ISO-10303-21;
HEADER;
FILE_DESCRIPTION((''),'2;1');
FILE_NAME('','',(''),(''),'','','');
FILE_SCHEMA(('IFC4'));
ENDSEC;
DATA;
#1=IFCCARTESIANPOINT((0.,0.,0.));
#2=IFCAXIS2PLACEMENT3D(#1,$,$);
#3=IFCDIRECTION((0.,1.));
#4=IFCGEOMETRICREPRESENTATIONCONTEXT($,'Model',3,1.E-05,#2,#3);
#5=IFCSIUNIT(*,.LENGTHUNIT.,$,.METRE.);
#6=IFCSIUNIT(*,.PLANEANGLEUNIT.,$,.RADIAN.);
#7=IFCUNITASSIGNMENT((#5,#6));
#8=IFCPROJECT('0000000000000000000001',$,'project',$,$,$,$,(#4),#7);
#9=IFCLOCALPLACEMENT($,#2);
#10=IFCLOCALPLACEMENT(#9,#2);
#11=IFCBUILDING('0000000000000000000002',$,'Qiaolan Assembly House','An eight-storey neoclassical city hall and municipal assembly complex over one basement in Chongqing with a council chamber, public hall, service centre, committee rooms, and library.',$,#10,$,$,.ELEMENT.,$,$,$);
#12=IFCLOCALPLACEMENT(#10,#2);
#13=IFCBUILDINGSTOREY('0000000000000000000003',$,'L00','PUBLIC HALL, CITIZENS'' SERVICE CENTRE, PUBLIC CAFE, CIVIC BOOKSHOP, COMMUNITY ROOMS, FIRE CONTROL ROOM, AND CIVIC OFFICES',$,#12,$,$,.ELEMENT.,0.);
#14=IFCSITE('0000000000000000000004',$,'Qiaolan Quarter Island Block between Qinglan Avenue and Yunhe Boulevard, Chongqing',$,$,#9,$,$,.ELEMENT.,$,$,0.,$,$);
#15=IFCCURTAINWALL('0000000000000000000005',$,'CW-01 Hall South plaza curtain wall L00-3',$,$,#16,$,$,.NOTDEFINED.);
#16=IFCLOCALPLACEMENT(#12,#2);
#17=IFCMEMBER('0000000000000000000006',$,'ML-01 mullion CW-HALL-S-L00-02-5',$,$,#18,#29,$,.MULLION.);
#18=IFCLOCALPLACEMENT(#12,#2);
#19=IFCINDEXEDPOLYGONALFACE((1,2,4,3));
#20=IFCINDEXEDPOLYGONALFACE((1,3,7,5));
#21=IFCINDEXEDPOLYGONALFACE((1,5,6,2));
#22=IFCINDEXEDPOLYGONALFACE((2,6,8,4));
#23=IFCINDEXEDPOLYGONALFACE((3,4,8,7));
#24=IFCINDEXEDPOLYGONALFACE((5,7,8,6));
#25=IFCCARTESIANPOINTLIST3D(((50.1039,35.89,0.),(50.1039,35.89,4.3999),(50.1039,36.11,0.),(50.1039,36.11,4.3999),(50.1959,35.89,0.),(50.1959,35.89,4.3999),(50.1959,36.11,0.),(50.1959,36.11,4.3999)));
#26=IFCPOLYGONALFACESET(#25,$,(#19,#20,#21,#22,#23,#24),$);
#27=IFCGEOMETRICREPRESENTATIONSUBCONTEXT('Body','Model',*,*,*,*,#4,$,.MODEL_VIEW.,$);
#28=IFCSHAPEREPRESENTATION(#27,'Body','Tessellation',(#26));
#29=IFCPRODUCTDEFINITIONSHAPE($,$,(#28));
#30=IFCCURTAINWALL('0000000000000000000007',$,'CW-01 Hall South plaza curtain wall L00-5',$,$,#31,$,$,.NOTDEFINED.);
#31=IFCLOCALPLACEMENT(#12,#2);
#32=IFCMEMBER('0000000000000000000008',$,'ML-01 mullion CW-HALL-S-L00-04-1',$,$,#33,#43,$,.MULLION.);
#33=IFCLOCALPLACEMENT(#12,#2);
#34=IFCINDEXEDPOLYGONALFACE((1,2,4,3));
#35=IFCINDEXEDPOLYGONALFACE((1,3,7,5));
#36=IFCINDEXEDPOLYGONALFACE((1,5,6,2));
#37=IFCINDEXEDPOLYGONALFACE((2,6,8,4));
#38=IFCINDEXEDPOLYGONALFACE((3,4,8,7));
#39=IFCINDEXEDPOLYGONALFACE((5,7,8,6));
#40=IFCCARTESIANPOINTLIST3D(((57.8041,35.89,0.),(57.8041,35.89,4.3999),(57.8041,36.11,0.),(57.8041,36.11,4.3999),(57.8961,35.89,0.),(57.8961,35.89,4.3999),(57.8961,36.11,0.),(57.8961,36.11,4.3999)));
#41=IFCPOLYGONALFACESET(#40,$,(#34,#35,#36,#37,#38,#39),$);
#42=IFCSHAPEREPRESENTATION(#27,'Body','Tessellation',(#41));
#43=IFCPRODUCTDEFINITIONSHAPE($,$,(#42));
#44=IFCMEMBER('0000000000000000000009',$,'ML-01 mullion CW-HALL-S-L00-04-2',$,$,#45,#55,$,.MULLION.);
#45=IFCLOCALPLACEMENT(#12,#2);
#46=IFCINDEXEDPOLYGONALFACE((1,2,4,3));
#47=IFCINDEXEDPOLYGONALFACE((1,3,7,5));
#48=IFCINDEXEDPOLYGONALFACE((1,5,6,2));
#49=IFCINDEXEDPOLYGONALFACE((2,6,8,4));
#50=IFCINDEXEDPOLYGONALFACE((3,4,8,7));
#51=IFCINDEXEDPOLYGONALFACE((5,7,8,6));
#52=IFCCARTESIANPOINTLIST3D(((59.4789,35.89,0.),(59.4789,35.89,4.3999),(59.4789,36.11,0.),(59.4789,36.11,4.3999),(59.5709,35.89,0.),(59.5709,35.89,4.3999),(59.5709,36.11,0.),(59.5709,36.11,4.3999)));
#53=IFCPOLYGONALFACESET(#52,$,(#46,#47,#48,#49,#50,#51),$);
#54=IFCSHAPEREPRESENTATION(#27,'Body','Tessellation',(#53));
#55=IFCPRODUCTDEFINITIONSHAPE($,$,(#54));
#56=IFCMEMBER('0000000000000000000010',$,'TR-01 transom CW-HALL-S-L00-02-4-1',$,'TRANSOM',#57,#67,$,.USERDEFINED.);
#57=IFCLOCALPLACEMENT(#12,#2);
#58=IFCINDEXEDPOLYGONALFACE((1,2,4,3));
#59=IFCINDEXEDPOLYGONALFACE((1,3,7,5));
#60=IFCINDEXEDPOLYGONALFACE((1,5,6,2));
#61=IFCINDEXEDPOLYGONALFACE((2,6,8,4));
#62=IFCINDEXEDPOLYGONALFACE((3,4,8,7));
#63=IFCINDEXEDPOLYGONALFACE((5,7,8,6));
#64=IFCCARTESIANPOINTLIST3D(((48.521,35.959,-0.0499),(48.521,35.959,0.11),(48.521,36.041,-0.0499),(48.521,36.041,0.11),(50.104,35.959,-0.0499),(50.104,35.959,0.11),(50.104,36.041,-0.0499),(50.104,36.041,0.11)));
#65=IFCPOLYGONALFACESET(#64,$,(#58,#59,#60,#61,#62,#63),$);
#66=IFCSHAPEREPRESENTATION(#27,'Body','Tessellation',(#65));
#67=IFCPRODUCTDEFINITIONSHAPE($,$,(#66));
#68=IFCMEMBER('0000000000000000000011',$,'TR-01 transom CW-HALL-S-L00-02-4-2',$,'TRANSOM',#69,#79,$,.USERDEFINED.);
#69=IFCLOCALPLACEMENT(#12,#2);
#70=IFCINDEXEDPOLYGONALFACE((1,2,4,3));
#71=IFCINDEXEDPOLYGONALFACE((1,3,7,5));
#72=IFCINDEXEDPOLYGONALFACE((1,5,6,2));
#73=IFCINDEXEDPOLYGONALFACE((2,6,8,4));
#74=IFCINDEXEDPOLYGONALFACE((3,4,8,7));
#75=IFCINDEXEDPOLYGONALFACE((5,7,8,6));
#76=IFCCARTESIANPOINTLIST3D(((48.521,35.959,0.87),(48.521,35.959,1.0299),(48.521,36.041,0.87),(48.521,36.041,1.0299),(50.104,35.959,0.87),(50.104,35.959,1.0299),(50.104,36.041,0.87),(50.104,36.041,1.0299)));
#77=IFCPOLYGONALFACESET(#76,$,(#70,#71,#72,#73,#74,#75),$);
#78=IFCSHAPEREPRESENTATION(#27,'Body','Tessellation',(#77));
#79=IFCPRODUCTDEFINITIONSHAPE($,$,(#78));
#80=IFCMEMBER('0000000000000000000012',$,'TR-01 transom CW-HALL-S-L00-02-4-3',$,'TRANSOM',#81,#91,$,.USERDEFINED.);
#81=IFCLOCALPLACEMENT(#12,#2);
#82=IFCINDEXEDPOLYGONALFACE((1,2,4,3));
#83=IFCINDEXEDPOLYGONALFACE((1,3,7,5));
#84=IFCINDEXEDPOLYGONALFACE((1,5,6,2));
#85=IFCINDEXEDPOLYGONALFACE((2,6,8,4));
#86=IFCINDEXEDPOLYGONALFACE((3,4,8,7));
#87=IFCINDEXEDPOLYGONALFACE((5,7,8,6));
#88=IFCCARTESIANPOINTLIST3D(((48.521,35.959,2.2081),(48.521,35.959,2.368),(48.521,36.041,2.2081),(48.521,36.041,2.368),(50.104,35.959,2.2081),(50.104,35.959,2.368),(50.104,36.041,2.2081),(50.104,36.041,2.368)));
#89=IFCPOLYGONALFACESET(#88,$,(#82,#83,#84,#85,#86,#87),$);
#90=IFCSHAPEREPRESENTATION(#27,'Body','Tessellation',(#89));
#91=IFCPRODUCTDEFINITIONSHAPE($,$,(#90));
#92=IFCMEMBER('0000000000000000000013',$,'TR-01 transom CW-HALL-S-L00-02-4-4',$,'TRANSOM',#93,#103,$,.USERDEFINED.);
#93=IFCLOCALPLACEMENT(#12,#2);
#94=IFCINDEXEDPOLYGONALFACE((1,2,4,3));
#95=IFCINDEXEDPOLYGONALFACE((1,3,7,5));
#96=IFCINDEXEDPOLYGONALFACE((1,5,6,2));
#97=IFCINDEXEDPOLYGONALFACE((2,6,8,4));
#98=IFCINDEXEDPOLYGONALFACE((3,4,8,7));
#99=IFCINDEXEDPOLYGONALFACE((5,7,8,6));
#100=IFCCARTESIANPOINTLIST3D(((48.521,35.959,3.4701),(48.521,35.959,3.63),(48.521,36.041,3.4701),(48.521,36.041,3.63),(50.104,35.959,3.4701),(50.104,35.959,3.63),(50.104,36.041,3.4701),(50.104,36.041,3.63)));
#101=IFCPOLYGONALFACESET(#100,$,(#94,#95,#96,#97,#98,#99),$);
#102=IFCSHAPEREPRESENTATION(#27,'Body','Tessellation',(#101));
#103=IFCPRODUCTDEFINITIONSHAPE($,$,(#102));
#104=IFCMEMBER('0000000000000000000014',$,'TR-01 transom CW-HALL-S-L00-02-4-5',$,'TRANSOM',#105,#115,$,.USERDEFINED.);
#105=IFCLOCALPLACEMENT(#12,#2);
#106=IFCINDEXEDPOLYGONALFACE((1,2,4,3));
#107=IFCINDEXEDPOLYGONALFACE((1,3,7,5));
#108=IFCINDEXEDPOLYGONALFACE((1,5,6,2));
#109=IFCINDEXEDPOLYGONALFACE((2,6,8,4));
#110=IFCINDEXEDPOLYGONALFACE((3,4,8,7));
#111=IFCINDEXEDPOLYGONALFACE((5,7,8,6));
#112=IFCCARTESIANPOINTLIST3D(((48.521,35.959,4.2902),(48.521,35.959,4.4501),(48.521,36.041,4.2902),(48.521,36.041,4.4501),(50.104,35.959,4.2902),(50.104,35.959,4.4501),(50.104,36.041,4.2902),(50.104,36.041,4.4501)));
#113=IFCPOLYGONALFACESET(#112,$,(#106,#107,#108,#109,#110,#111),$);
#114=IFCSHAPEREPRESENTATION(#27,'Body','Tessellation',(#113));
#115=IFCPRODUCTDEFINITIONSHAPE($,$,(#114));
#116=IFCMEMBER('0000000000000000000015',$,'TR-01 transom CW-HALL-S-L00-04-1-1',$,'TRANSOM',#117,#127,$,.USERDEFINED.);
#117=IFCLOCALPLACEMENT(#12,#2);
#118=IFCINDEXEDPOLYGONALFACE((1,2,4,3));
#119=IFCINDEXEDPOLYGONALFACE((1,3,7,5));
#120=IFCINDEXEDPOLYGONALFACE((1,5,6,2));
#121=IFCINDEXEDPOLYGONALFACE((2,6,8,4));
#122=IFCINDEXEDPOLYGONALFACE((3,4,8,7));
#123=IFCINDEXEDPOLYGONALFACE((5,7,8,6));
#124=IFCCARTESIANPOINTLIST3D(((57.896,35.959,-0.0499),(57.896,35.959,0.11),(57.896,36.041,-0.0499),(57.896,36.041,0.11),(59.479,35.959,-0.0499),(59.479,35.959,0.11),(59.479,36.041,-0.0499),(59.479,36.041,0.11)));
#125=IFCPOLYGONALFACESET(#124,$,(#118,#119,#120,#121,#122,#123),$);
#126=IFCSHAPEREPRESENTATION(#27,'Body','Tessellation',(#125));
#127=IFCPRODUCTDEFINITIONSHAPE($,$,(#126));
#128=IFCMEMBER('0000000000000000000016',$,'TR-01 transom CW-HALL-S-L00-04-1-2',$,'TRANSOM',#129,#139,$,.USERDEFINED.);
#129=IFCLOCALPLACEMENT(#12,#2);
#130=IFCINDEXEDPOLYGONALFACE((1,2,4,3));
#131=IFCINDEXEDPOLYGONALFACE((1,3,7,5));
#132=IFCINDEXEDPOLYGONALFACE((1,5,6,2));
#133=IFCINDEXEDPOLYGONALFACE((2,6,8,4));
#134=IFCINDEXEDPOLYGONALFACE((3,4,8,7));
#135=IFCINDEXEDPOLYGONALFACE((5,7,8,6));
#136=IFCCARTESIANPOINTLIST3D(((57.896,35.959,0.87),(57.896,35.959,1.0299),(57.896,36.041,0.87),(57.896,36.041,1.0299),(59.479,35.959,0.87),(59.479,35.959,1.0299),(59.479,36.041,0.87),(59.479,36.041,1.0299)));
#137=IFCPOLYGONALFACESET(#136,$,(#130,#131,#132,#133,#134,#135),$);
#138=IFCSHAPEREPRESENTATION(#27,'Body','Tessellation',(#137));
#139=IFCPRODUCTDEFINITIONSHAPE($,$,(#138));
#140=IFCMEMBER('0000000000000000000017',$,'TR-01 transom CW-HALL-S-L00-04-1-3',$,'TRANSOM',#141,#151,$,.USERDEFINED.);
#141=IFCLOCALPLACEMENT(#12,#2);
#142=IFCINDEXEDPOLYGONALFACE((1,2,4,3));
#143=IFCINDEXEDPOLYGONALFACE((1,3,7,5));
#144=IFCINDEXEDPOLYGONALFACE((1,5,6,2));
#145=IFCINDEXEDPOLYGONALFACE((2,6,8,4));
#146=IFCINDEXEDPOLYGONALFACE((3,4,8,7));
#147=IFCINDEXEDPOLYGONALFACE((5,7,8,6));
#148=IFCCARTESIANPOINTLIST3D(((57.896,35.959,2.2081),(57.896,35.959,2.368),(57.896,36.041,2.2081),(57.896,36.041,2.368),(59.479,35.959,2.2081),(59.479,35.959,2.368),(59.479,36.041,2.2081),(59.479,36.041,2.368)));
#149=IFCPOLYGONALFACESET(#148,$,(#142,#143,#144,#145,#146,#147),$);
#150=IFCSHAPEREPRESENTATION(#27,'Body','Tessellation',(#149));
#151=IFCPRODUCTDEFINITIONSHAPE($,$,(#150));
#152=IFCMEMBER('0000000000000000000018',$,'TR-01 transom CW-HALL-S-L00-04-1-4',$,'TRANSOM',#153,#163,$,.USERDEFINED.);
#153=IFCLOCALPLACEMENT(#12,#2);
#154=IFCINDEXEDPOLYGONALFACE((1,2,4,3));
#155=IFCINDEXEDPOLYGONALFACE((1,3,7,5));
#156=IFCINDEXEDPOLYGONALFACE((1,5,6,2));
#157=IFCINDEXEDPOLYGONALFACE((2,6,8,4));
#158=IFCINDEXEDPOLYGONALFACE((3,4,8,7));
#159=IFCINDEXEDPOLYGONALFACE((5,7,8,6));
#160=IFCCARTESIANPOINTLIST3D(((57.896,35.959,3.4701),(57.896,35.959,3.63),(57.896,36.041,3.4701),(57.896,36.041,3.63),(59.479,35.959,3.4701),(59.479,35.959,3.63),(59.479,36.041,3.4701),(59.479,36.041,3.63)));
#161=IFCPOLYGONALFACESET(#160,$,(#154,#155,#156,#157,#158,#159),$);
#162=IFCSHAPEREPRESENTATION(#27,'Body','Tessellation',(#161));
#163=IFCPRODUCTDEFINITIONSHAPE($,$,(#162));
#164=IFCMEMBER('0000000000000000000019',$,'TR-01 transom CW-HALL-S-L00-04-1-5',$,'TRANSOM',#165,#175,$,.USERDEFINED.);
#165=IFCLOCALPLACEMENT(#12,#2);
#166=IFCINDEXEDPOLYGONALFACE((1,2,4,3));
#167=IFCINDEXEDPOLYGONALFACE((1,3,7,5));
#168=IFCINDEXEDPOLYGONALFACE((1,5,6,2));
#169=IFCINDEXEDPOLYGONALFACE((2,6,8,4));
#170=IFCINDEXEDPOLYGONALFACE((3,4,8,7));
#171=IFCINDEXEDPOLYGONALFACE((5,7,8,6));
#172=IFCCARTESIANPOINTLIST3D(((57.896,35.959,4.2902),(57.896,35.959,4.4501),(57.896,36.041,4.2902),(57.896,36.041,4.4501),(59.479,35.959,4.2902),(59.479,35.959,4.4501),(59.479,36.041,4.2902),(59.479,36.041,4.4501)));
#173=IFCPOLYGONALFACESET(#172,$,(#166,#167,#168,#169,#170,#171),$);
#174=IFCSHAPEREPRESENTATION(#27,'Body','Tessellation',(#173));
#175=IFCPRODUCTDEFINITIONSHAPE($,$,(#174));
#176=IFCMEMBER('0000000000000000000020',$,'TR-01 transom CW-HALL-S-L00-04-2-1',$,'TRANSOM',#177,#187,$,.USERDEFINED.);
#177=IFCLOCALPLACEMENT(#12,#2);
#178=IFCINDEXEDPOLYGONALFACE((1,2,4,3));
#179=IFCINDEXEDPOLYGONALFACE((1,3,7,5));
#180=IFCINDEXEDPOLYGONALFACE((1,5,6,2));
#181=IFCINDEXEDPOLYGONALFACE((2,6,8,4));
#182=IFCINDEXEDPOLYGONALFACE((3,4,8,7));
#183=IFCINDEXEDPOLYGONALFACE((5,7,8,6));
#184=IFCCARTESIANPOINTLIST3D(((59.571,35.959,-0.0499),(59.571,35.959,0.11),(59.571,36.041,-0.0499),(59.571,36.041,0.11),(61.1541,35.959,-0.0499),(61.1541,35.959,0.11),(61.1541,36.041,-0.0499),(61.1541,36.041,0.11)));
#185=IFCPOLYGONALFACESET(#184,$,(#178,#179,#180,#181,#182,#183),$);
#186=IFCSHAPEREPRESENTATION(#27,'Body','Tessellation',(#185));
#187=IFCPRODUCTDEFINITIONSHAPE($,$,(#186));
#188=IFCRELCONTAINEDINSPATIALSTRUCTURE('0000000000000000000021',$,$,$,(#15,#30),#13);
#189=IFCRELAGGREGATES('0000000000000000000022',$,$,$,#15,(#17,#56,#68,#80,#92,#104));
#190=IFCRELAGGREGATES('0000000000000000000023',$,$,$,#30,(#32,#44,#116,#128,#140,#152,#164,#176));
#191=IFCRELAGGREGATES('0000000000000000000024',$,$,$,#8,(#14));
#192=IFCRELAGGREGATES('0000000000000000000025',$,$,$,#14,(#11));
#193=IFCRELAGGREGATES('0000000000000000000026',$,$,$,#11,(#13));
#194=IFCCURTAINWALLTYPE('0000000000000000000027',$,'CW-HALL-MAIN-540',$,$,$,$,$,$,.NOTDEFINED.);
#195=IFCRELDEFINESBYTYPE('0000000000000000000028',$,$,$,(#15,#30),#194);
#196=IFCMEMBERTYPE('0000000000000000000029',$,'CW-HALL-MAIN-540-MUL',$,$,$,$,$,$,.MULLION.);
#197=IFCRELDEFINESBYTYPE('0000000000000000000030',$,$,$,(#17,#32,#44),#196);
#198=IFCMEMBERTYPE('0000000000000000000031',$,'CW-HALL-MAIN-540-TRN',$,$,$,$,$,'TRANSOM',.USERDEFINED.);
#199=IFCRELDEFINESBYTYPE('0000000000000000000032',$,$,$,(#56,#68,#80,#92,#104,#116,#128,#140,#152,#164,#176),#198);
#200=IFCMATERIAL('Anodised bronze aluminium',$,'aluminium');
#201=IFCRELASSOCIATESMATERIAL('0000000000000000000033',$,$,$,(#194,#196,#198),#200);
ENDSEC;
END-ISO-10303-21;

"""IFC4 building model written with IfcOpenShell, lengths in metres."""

from ifc_helpers import new_model, si_unit, direction, frame, origin, origin_2d, place, context, subcontext, project, spatial, rectangle, extrude, material, material_profile, profile_set, type_object, element, aggregate, save


model = new_model("IFC4")

# Units and contexts
model_context = context("Model", 3, precision=1e-05, world=origin(), true_north=direction((0.0, 1.0)))
body_context = subcontext(model_context, "Body", "Model", "MODEL_VIEW")
ifc_project = project(units=[si_unit("LENGTHUNIT", "METRE"), si_unit("PLANEANGLEUNIT", "RADIAN")], contexts=[model_context])

# Site, building, storey
site_placement = place(None, origin())
site = spatial("IfcSite", under=ifc_project, at=site_placement, Name="Qiaolan Quarter Island Block between Qinglan Avenue and Yunhe Boulevard, Chongqing", CompositionType="ELEMENT", RefElevation=0.0)
building_placement = place(site_placement, origin())
building = spatial("IfcBuilding", under=site, at=building_placement, Name="Qiaolan Assembly House", Description="An eight-storey neoclassical city hall and municipal assembly complex over one basement in Chongqing with a council chamber, public hall, service centre, committee rooms, and library.", CompositionType="ELEMENT")
storey_placement = place(building_placement, origin())
storey = spatial("IfcBuildingStorey", under=building, at=storey_placement, Name="L00", Description="PUBLIC HALL, CITIZENS' SERVICE CENTRE, PUBLIC CAFE, CIVIC BOOKSHOP, COMMUNITY ROOMS, FIRE CONTROL ROOM, AND CIVIC OFFICES", CompositionType="ELEMENT", Elevation=0.0)

# Curtain wall, member
ifc_material_1 = material(Name="Anodised bronze aluminium", Category="aluminium")
curtain_wall_type = type_object("IfcCurtainWallType", Name="CW-HALL-MAIN-540", PredefinedType="NOTDEFINED", material=ifc_material_1)
curtain_wall_1_placement = place(storey_placement, origin())
curtain_wall_1 = element("IfcCurtainWall", 1, at=curtain_wall_1_placement, inside=storey, type_object=curtain_wall_type, Name="CW-01 Hall South plaza curtain wall L00-3", PredefinedType="NOTDEFINED")
ifc_material_profile_1 = material_profile(ifc_material_1, rectangle(XDim=0.092, YDim=0.22, at=origin_2d()), Name="MUL 92x220")
ifc_profile_set_1 = profile_set([ifc_material_profile_1], Name="Anodised bronze aluminium")
member_type_1 = type_object("IfcMemberType", Name="CW-HALL-MAIN-540-MUL", PredefinedType="MULLION", material=ifc_profile_set_1)
member_1_placement = place(storey_placement, frame((50.1499, 36.0, 0.0), z_axis=(0.0, 0.0, 1.0), x_axis=(1.0, 0.0, 0.0)))
member_1 = element("IfcMember", 2, at=member_1_placement, type_object=member_type_1, Name="ML-01 mullion CW-HALL-S-L00-02-5", PredefinedType="MULLION", context=body_context, shape_type="SweptSolid", body=[
    extrude(rectangle(XDim=0.092, YDim=0.22, at=origin_2d()), origin(), (0.0, 0.0, 1.0), 4.3999),
])

# Curtain wall, members
curtain_wall_2_placement = place(storey_placement, origin())
curtain_wall_2 = element("IfcCurtainWall", 3, at=curtain_wall_2_placement, inside=storey, type_object=curtain_wall_type, Name="CW-01 Hall South plaza curtain wall L00-5", PredefinedType="NOTDEFINED")
member_2_placement = place(storey_placement, frame((57.8501, 36.0, 0.0), z_axis=(0.0, 0.0, 1.0), x_axis=(1.0, 0.0, 0.0)))
member_2 = element("IfcMember", 4, at=member_2_placement, type_object=member_type_1, Name="ML-01 mullion CW-HALL-S-L00-04-1", PredefinedType="MULLION", context=body_context, shape_type="SweptSolid", body=[
    extrude(rectangle(XDim=0.092, YDim=0.22, at=origin_2d()), origin(), (0.0, 0.0, 1.0), 4.3999),
])
member_3_placement = place(storey_placement, frame((59.5249, 36.0, 0.0), z_axis=(0.0, 0.0, 1.0), x_axis=(1.0, 0.0, 0.0)))
member_3 = element("IfcMember", 5, at=member_3_placement, type_object=member_type_1, Name="ML-01 mullion CW-HALL-S-L00-04-2", PredefinedType="MULLION", context=body_context, shape_type="SweptSolid", body=[
    extrude(rectangle(XDim=0.092, YDim=0.22, at=origin_2d()), origin(), (0.0, 0.0, 1.0), 4.3999),
])

# Members
ifc_material_profile_2 = material_profile(ifc_material_1, rectangle(XDim=0.082, YDim=0.1599, at=origin_2d()), Name="TRN 82x160")
ifc_profile_set_2 = profile_set([ifc_material_profile_2], Name="Anodised bronze aluminium")
member_type_2 = type_object("IfcMemberType", Name="CW-HALL-MAIN-540-TRN", ElementType="TRANSOM", PredefinedType="USERDEFINED", material=ifc_profile_set_2)
member_4_placement = place(storey_placement, frame((48.521, 36.0, 0.03), z_axis=(1.0, 0.0, 0.0), x_axis=(0.0, 1.0, 0.0)))
member_4 = element("IfcMember", 6, at=member_4_placement, type_object=member_type_2, Name="TR-01 transom CW-HALL-S-L00-02-4-1", ObjectType="TRANSOM", PredefinedType="USERDEFINED", context=body_context, shape_type="SweptSolid", body=[
    extrude(rectangle(XDim=0.082, YDim=0.1599, at=origin_2d()), origin(), (0.0, 0.0, 1.0), 1.583),
])
member_5_placement = place(storey_placement, frame((48.521, 36.0, 0.95), z_axis=(1.0, 0.0, 0.0), x_axis=(0.0, 1.0, 0.0)))
member_5 = element("IfcMember", 7, at=member_5_placement, type_object=member_type_2, Name="TR-01 transom CW-HALL-S-L00-02-4-2", ObjectType="TRANSOM", PredefinedType="USERDEFINED", context=body_context, shape_type="SweptSolid", body=[
    extrude(rectangle(XDim=0.082, YDim=0.1599, at=origin_2d()), origin(), (0.0, 0.0, 1.0), 1.583),
])
member_6_placement = place(storey_placement, frame((48.521, 36.0, 2.2881), z_axis=(1.0, 0.0, 0.0), x_axis=(0.0, 1.0, 0.0)))
member_6 = element("IfcMember", 8, at=member_6_placement, type_object=member_type_2, Name="TR-01 transom CW-HALL-S-L00-02-4-3", ObjectType="TRANSOM", PredefinedType="USERDEFINED", context=body_context, shape_type="SweptSolid", body=[
    extrude(rectangle(XDim=0.082, YDim=0.1599, at=origin_2d()), origin(), (0.0, 0.0, 1.0), 1.583),
])
member_7_placement = place(storey_placement, frame((48.521, 36.0, 3.55), z_axis=(1.0, 0.0, 0.0), x_axis=(0.0, 1.0, 0.0)))
member_7 = element("IfcMember", 9, at=member_7_placement, type_object=member_type_2, Name="TR-01 transom CW-HALL-S-L00-02-4-4", ObjectType="TRANSOM", PredefinedType="USERDEFINED", context=body_context, shape_type="SweptSolid", body=[
    extrude(rectangle(XDim=0.082, YDim=0.1599, at=origin_2d()), origin(), (0.0, 0.0, 1.0), 1.583),
])
member_8_placement = place(storey_placement, frame((48.521, 36.0, 4.3701), z_axis=(1.0, 0.0, 0.0), x_axis=(0.0, 1.0, 0.0)))
member_8 = element("IfcMember", 10, at=member_8_placement, type_object=member_type_2, Name="TR-01 transom CW-HALL-S-L00-02-4-5", ObjectType="TRANSOM", PredefinedType="USERDEFINED", context=body_context, shape_type="SweptSolid", body=[
    extrude(rectangle(XDim=0.082, YDim=0.1599, at=origin_2d()), origin(), (0.0, 0.0, 1.0), 1.583),
])
aggregate(curtain_wall_1, [member_1, member_4, member_5, member_6, member_7, member_8])
member_9_placement = place(storey_placement, frame((57.896, 36.0, 0.03), z_axis=(1.0, 0.0, 0.0), x_axis=(0.0, 1.0, 0.0)))
member_9 = element("IfcMember", 11, at=member_9_placement, type_object=member_type_2, Name="TR-01 transom CW-HALL-S-L00-04-1-1", ObjectType="TRANSOM", PredefinedType="USERDEFINED", context=body_context, shape_type="SweptSolid", body=[
    extrude(rectangle(XDim=0.082, YDim=0.1599, at=origin_2d()), origin(), (0.0, 0.0, 1.0), 1.583),
])
member_10_placement = place(storey_placement, frame((57.896, 36.0, 0.95), z_axis=(1.0, 0.0, 0.0), x_axis=(0.0, 1.0, 0.0)))
member_10 = element("IfcMember", 12, at=member_10_placement, type_object=member_type_2, Name="TR-01 transom CW-HALL-S-L00-04-1-2", ObjectType="TRANSOM", PredefinedType="USERDEFINED", context=body_context, shape_type="SweptSolid", body=[
    extrude(rectangle(XDim=0.082, YDim=0.1599, at=origin_2d()), origin(), (0.0, 0.0, 1.0), 1.583),
])
member_11_placement = place(storey_placement, frame((57.896, 36.0, 2.2881), z_axis=(1.0, 0.0, 0.0), x_axis=(0.0, 1.0, 0.0)))
member_11 = element("IfcMember", 13, at=member_11_placement, type_object=member_type_2, Name="TR-01 transom CW-HALL-S-L00-04-1-3", ObjectType="TRANSOM", PredefinedType="USERDEFINED", context=body_context, shape_type="SweptSolid", body=[
    extrude(rectangle(XDim=0.082, YDim=0.1599, at=origin_2d()), origin(), (0.0, 0.0, 1.0), 1.583),
])
member_12_placement = place(storey_placement, frame((57.896, 36.0, 3.55), z_axis=(1.0, 0.0, 0.0), x_axis=(0.0, 1.0, 0.0)))
member_12 = element("IfcMember", 14, at=member_12_placement, type_object=member_type_2, Name="TR-01 transom CW-HALL-S-L00-04-1-4", ObjectType="TRANSOM", PredefinedType="USERDEFINED", context=body_context, shape_type="SweptSolid", body=[
    extrude(rectangle(XDim=0.082, YDim=0.1599, at=origin_2d()), origin(), (0.0, 0.0, 1.0), 1.583),
])
member_13_placement = place(storey_placement, frame((57.896, 36.0, 4.3701), z_axis=(1.0, 0.0, 0.0), x_axis=(0.0, 1.0, 0.0)))
member_13 = element("IfcMember", 15, at=member_13_placement, type_object=member_type_2, Name="TR-01 transom CW-HALL-S-L00-04-1-5", ObjectType="TRANSOM", PredefinedType="USERDEFINED", context=body_context, shape_type="SweptSolid", body=[
    extrude(rectangle(XDim=0.082, YDim=0.1599, at=origin_2d()), origin(), (0.0, 0.0, 1.0), 1.583),
])
member_14_placement = place(storey_placement, frame((59.571, 36.0, 0.03), z_axis=(1.0, 0.0, 0.0), x_axis=(0.0, 1.0, 0.0)))
member_14 = element("IfcMember", 16, at=member_14_placement, type_object=member_type_2, Name="TR-01 transom CW-HALL-S-L00-04-2-1", ObjectType="TRANSOM", PredefinedType="USERDEFINED", context=body_context, shape_type="SweptSolid", body=[
    extrude(rectangle(XDim=0.082, YDim=0.1599, at=origin_2d()), origin(), (0.0, 0.0, 1.0), 1.583),
])

aggregate(curtain_wall_2, [member_2, member_3, member_9, member_10, member_11, member_12, member_13, member_14])

save(model, "model.ifc")
